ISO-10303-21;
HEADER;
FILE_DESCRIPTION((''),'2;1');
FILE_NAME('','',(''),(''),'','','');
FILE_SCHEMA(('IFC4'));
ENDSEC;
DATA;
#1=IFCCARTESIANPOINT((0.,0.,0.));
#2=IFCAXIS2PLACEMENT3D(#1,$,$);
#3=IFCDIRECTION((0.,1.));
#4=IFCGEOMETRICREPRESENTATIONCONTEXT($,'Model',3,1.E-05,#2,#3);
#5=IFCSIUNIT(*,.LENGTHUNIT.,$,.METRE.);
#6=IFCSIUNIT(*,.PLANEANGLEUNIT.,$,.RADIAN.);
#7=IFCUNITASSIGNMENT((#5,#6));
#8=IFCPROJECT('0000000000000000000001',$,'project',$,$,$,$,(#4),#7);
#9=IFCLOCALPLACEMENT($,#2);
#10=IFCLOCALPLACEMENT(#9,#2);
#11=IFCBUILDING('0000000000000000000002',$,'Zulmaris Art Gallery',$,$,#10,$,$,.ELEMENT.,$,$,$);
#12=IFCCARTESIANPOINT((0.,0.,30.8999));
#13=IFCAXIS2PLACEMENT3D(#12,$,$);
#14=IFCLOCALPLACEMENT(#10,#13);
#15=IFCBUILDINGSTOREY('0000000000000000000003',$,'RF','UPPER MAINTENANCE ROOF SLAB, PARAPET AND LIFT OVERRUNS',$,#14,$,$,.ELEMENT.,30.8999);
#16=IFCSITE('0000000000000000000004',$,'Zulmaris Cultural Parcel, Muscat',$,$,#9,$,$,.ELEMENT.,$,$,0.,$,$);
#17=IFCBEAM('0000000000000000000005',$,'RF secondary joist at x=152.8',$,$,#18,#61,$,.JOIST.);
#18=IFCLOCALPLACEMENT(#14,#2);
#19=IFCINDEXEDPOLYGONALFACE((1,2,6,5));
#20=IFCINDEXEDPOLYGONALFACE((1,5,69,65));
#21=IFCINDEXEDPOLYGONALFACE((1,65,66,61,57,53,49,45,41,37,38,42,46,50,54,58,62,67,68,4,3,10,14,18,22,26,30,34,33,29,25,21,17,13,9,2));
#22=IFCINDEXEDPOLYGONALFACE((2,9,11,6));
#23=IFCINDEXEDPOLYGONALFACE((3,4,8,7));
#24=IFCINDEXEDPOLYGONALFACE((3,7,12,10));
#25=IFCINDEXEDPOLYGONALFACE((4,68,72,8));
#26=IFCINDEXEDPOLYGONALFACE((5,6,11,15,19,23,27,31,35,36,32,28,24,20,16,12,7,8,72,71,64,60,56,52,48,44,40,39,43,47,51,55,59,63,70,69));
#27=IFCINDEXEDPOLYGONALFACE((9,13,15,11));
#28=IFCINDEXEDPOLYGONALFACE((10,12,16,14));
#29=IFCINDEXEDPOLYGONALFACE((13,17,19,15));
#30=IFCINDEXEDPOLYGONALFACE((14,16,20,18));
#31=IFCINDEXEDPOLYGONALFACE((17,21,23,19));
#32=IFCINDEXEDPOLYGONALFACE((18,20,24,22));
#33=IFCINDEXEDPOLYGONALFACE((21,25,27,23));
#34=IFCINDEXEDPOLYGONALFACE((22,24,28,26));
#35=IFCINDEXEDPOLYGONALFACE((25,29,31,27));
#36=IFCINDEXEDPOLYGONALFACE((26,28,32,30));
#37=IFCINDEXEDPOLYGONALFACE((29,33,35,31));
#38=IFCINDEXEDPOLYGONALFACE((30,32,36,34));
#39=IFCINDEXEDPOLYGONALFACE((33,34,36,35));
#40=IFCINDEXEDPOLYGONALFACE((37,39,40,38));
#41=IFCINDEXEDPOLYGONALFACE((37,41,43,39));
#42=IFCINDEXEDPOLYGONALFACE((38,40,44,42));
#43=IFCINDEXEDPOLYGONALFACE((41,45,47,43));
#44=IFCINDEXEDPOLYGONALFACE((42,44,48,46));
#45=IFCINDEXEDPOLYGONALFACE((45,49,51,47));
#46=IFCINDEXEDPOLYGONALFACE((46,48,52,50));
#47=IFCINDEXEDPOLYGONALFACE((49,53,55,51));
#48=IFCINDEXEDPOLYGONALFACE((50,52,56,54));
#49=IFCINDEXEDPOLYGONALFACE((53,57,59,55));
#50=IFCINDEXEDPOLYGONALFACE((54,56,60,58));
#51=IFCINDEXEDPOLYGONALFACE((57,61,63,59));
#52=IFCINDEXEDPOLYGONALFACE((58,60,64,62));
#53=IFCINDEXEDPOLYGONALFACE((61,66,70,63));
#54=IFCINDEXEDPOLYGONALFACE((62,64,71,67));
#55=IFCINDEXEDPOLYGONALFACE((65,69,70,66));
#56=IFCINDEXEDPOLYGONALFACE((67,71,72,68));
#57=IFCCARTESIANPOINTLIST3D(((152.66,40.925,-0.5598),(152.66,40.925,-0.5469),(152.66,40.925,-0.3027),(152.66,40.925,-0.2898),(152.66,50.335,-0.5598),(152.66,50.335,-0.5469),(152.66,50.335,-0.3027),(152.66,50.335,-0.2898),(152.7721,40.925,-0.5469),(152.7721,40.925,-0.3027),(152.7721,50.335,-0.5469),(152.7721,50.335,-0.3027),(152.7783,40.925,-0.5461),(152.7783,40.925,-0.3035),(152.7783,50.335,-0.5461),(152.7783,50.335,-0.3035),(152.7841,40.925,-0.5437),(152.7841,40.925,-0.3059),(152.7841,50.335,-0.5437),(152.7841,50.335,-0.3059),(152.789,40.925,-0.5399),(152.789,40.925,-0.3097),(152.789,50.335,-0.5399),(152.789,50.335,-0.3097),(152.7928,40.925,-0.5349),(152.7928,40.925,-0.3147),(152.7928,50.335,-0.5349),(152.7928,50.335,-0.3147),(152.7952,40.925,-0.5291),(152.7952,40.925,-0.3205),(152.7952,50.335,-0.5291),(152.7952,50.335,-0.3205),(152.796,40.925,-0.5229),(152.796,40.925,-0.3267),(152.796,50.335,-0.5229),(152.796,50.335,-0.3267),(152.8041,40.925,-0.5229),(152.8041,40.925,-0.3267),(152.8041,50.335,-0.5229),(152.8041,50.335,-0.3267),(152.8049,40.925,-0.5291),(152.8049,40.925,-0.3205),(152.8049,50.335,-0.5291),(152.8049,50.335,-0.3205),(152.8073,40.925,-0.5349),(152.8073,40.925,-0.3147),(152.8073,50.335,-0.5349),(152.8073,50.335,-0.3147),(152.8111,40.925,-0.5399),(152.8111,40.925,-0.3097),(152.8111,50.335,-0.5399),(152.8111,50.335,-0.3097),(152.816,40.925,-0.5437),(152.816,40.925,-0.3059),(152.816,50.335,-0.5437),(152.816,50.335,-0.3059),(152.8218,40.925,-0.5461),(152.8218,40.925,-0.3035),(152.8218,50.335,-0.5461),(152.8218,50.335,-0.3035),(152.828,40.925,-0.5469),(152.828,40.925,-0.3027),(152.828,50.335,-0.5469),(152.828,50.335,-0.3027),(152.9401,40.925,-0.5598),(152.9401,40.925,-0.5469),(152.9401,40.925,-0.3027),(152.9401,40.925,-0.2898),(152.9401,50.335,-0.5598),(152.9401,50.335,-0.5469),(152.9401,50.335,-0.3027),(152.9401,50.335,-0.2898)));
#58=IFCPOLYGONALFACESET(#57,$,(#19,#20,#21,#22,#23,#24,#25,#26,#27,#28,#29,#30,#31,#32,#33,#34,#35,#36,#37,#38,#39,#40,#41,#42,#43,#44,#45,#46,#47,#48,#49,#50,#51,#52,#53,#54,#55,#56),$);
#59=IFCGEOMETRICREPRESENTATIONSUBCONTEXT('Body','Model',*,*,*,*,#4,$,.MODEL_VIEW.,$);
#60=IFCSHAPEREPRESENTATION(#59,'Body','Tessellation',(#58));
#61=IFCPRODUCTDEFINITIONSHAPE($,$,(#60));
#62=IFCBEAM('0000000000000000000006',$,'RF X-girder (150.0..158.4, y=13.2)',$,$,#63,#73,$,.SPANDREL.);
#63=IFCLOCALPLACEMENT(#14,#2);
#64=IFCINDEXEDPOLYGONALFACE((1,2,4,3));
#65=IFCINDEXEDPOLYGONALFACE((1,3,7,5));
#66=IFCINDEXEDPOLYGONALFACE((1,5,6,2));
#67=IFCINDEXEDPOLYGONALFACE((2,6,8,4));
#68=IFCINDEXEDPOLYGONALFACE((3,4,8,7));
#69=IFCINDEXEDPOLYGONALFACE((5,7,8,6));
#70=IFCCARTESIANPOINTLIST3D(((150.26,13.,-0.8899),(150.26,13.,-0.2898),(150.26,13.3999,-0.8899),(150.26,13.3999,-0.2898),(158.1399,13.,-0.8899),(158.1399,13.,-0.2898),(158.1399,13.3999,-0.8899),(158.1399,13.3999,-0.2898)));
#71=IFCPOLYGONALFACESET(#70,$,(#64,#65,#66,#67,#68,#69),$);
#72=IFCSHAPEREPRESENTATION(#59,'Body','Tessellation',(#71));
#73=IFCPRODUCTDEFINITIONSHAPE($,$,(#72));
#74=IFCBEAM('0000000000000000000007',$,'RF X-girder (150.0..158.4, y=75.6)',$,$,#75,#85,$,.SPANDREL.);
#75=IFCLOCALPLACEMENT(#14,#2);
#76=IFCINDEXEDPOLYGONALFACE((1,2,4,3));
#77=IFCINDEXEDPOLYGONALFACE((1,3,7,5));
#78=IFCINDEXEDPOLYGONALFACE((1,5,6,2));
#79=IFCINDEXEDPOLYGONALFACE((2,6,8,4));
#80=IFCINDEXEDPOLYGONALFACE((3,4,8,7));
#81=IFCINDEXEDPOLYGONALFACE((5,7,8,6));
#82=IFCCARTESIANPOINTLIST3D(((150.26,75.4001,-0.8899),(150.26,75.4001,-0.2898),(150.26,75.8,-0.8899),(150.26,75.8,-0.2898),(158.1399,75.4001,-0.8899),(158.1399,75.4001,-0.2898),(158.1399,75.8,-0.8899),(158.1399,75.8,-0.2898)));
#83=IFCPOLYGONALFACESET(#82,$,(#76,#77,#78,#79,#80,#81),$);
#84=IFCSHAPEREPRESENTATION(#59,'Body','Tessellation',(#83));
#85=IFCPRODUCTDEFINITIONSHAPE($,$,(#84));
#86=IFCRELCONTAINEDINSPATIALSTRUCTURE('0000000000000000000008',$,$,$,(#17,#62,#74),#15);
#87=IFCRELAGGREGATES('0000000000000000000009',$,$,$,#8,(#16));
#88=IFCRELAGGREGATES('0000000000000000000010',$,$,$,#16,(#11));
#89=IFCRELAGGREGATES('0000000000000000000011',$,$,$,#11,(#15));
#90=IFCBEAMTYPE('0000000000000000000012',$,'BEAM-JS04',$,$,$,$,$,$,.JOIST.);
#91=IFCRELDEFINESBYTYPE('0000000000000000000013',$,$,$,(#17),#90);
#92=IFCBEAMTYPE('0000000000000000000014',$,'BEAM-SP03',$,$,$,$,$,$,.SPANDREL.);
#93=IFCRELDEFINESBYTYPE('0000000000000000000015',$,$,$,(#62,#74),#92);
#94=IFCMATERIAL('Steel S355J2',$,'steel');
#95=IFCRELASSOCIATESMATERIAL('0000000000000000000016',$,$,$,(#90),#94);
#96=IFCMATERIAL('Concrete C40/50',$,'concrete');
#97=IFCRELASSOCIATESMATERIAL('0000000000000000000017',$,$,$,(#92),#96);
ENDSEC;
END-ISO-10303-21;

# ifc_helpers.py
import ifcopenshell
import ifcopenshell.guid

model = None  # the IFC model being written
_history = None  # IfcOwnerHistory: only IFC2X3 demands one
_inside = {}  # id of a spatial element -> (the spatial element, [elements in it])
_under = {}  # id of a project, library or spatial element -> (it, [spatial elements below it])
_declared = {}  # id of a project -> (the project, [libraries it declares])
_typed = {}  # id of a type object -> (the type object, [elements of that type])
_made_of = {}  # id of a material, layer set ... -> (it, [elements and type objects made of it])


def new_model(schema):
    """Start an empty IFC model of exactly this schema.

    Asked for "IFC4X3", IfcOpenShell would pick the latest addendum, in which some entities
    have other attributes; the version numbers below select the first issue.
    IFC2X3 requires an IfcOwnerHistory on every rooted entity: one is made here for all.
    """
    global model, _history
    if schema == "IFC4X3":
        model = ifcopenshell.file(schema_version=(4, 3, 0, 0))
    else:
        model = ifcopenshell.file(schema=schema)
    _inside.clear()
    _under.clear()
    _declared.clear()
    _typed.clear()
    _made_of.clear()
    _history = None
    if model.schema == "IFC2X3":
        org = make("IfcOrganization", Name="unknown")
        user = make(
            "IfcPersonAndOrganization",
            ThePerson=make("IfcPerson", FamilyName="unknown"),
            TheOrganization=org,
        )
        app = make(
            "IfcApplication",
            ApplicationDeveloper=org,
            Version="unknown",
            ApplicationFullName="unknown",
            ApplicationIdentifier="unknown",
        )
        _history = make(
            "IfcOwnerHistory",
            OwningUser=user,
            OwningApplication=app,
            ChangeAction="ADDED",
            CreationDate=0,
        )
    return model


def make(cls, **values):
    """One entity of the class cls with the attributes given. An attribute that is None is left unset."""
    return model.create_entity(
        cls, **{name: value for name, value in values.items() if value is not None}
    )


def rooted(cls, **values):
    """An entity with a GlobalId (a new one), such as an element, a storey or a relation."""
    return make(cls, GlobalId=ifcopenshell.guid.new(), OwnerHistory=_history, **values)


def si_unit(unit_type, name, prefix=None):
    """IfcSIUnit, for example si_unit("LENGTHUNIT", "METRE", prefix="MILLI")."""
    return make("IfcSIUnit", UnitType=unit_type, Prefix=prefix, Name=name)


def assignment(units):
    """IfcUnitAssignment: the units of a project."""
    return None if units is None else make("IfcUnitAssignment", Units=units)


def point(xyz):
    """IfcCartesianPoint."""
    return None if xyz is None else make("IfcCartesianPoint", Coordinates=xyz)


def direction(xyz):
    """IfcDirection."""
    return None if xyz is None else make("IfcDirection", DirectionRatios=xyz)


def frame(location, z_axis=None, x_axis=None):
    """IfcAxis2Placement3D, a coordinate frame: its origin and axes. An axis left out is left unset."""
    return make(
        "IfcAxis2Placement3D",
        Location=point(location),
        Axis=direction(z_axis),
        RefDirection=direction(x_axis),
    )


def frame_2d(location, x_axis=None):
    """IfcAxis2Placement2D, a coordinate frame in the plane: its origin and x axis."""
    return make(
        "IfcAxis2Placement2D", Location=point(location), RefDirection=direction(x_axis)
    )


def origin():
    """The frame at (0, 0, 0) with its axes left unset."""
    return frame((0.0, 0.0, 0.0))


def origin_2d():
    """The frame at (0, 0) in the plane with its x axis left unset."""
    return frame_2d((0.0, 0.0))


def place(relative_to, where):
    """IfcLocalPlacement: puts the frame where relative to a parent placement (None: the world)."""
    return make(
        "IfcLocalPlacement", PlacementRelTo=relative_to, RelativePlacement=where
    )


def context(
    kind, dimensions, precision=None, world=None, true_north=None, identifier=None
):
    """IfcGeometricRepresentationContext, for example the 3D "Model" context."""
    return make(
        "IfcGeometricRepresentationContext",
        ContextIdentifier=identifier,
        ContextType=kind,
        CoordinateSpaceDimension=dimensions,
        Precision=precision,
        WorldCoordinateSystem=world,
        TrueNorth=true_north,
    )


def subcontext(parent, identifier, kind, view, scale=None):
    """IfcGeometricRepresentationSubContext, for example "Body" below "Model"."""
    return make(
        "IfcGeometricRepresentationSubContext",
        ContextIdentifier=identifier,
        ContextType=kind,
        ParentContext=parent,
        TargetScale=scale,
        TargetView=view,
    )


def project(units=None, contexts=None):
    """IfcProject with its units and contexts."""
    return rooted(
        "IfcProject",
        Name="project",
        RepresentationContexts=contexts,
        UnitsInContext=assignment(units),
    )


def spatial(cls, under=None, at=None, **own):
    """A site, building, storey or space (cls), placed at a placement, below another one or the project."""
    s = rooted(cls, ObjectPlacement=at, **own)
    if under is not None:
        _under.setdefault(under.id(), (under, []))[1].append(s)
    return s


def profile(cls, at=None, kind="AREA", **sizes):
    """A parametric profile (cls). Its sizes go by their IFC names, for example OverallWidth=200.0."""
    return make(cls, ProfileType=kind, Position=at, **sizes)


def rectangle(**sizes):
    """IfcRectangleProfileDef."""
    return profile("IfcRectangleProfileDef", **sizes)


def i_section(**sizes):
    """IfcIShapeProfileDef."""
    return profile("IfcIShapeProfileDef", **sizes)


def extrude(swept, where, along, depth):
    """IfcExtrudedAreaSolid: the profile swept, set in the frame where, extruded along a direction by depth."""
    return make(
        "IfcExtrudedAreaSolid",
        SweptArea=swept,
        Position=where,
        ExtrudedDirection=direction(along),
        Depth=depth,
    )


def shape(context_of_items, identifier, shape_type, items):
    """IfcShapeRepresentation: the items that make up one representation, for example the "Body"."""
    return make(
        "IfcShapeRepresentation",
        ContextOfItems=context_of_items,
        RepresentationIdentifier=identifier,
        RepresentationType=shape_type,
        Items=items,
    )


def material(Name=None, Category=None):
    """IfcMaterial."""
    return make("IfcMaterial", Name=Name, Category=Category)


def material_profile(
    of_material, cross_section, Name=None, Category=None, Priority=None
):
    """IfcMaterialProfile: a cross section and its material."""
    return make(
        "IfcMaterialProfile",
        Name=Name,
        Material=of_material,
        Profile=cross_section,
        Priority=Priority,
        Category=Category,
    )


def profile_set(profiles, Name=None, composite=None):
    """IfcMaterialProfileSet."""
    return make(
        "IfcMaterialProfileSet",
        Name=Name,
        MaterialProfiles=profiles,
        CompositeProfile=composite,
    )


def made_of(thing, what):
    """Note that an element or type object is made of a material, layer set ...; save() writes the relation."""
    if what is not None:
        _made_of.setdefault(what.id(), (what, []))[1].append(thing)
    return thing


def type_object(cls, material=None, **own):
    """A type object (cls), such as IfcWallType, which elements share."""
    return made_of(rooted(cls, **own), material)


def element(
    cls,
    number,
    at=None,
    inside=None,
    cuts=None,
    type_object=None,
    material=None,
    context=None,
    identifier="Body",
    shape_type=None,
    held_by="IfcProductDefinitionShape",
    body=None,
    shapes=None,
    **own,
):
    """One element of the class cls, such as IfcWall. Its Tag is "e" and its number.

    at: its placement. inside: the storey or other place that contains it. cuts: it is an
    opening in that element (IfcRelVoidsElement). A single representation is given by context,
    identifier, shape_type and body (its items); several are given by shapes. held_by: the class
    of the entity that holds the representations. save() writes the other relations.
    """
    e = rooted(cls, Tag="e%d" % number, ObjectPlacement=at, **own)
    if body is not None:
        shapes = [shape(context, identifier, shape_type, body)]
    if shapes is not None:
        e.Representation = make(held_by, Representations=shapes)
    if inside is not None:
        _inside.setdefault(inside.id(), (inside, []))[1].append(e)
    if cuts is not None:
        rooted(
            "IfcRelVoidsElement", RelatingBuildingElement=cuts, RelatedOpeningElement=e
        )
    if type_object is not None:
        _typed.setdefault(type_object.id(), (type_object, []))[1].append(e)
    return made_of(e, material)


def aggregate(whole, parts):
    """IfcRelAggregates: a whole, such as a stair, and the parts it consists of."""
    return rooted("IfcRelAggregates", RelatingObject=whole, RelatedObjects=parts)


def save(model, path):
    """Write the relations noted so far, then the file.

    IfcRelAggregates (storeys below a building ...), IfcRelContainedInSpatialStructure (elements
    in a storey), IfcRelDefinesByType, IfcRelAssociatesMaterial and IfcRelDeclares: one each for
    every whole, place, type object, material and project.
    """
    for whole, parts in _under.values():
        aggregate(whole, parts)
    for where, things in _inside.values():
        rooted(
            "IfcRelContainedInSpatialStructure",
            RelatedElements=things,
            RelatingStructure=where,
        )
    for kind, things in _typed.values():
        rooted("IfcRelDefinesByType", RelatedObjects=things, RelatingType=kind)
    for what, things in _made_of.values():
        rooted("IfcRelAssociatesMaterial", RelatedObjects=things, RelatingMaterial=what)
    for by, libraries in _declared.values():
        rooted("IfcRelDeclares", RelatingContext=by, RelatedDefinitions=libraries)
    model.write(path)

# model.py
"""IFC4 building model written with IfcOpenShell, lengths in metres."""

from ifc_helpers import new_model, si_unit, direction, frame, origin, origin_2d, place, context, subcontext, project, spatial, rectangle, i_section, extrude, material, material_profile, profile_set, type_object, element, save


model = new_model("IFC4")

# Units and contexts
model_context = context("Model", 3, precision=1e-05, world=origin(), true_north=direction((0.0, 1.0)))
body_context = subcontext(model_context, "Body", "Model", "MODEL_VIEW")
ifc_project = project(units=[si_unit("LENGTHUNIT", "METRE"), si_unit("PLANEANGLEUNIT", "RADIAN")], contexts=[model_context])

# Site, building, storey
site_placement = place(None, origin())
site = spatial("IfcSite", under=ifc_project, at=site_placement, Name="Zulmaris Cultural Parcel, Muscat", CompositionType="ELEMENT", RefElevation=0.0)
building_placement = place(site_placement, origin())
building = spatial("IfcBuilding", under=site, at=building_placement, Name="Zulmaris Art Gallery", CompositionType="ELEMENT")
storey_placement = place(building_placement, frame((0.0, 0.0, 30.8999)))
storey = spatial("IfcBuildingStorey", under=building, at=storey_placement, Name="RF", Description="UPPER MAINTENANCE ROOF SLAB, PARAPET AND LIFT OVERRUNS", CompositionType="ELEMENT", Elevation=30.8999)

# Beams
ifc_material_1 = material(Name="Steel S355J2", Category="steel")
ifc_material_profile_1 = material_profile(ifc_material_1, i_section(OverallWidth=0.28, OverallDepth=0.27, WebThickness=0.0081, FlangeThickness=0.0129, FilletRadius=0.0239, at=origin_2d()), Name="HEA 280")
ifc_profile_set_1 = profile_set([ifc_material_profile_1], Name="Steel S355J2")
beam_type_1 = type_object("IfcBeamType", Name="BEAM-JS04", PredefinedType="JOIST", material=ifc_profile_set_1)
beam_1_placement = place(storey_placement, frame((152.8, 40.925, -0.4248), z_axis=(0.0, 1.0, 0.0), x_axis=(-1.0, 0.0, 0.0)))
element("IfcBeam", 1, at=beam_1_placement, inside=storey, type_object=beam_type_1, Name="RF secondary joist at x=152.8", PredefinedType="JOIST", context=body_context, shape_type="SweptSolid", body=[
    extrude(i_section(OverallWidth=0.28, OverallDepth=0.27, WebThickness=0.0081, FlangeThickness=0.0129, FilletRadius=0.0239, at=origin_2d()), origin(), (0.0, 0.0, 1.0), 9.4099),
])
ifc_material_2 = material(Name="Concrete C40/50", Category="concrete")
ifc_material_profile_2 = material_profile(ifc_material_2, rectangle(XDim=0.3999, YDim=0.6001, at=origin_2d()), Name="RC 400x600")
ifc_profile_set_2 = profile_set([ifc_material_profile_2], Name="Concrete C40/50")
beam_type_2 = type_object("IfcBeamType", Name="BEAM-SP03", PredefinedType="SPANDREL", material=ifc_profile_set_2)
for number, where, z_axis, x_axis, name in (
    (2, (150.26, 13.2, -0.5898), (1.0, 0.0, 0.0), (0.0, 1.0, 0.0), "RF X-girder (150.0..158.4, y=13.2)"),
    (3, (150.26, 75.6001, -0.5898), (1.0, 0.0, 0.0), (0.0, 1.0, 0.0), "RF X-girder (150.0..158.4, y=75.6)"),
):
    element("IfcBeam", number, at=place(storey_placement, frame(where, z_axis=z_axis, x_axis=x_axis)), inside=storey, type_object=beam_type_2, Name=name, PredefinedType="SPANDREL", context=body_context, shape_type="SweptSolid", body=[
        extrude(rectangle(XDim=0.3999, YDim=0.6001, at=origin_2d()), origin(), (0.0, 0.0, 1.0), 7.8799),
    ])

save(model, "model.ifc")
